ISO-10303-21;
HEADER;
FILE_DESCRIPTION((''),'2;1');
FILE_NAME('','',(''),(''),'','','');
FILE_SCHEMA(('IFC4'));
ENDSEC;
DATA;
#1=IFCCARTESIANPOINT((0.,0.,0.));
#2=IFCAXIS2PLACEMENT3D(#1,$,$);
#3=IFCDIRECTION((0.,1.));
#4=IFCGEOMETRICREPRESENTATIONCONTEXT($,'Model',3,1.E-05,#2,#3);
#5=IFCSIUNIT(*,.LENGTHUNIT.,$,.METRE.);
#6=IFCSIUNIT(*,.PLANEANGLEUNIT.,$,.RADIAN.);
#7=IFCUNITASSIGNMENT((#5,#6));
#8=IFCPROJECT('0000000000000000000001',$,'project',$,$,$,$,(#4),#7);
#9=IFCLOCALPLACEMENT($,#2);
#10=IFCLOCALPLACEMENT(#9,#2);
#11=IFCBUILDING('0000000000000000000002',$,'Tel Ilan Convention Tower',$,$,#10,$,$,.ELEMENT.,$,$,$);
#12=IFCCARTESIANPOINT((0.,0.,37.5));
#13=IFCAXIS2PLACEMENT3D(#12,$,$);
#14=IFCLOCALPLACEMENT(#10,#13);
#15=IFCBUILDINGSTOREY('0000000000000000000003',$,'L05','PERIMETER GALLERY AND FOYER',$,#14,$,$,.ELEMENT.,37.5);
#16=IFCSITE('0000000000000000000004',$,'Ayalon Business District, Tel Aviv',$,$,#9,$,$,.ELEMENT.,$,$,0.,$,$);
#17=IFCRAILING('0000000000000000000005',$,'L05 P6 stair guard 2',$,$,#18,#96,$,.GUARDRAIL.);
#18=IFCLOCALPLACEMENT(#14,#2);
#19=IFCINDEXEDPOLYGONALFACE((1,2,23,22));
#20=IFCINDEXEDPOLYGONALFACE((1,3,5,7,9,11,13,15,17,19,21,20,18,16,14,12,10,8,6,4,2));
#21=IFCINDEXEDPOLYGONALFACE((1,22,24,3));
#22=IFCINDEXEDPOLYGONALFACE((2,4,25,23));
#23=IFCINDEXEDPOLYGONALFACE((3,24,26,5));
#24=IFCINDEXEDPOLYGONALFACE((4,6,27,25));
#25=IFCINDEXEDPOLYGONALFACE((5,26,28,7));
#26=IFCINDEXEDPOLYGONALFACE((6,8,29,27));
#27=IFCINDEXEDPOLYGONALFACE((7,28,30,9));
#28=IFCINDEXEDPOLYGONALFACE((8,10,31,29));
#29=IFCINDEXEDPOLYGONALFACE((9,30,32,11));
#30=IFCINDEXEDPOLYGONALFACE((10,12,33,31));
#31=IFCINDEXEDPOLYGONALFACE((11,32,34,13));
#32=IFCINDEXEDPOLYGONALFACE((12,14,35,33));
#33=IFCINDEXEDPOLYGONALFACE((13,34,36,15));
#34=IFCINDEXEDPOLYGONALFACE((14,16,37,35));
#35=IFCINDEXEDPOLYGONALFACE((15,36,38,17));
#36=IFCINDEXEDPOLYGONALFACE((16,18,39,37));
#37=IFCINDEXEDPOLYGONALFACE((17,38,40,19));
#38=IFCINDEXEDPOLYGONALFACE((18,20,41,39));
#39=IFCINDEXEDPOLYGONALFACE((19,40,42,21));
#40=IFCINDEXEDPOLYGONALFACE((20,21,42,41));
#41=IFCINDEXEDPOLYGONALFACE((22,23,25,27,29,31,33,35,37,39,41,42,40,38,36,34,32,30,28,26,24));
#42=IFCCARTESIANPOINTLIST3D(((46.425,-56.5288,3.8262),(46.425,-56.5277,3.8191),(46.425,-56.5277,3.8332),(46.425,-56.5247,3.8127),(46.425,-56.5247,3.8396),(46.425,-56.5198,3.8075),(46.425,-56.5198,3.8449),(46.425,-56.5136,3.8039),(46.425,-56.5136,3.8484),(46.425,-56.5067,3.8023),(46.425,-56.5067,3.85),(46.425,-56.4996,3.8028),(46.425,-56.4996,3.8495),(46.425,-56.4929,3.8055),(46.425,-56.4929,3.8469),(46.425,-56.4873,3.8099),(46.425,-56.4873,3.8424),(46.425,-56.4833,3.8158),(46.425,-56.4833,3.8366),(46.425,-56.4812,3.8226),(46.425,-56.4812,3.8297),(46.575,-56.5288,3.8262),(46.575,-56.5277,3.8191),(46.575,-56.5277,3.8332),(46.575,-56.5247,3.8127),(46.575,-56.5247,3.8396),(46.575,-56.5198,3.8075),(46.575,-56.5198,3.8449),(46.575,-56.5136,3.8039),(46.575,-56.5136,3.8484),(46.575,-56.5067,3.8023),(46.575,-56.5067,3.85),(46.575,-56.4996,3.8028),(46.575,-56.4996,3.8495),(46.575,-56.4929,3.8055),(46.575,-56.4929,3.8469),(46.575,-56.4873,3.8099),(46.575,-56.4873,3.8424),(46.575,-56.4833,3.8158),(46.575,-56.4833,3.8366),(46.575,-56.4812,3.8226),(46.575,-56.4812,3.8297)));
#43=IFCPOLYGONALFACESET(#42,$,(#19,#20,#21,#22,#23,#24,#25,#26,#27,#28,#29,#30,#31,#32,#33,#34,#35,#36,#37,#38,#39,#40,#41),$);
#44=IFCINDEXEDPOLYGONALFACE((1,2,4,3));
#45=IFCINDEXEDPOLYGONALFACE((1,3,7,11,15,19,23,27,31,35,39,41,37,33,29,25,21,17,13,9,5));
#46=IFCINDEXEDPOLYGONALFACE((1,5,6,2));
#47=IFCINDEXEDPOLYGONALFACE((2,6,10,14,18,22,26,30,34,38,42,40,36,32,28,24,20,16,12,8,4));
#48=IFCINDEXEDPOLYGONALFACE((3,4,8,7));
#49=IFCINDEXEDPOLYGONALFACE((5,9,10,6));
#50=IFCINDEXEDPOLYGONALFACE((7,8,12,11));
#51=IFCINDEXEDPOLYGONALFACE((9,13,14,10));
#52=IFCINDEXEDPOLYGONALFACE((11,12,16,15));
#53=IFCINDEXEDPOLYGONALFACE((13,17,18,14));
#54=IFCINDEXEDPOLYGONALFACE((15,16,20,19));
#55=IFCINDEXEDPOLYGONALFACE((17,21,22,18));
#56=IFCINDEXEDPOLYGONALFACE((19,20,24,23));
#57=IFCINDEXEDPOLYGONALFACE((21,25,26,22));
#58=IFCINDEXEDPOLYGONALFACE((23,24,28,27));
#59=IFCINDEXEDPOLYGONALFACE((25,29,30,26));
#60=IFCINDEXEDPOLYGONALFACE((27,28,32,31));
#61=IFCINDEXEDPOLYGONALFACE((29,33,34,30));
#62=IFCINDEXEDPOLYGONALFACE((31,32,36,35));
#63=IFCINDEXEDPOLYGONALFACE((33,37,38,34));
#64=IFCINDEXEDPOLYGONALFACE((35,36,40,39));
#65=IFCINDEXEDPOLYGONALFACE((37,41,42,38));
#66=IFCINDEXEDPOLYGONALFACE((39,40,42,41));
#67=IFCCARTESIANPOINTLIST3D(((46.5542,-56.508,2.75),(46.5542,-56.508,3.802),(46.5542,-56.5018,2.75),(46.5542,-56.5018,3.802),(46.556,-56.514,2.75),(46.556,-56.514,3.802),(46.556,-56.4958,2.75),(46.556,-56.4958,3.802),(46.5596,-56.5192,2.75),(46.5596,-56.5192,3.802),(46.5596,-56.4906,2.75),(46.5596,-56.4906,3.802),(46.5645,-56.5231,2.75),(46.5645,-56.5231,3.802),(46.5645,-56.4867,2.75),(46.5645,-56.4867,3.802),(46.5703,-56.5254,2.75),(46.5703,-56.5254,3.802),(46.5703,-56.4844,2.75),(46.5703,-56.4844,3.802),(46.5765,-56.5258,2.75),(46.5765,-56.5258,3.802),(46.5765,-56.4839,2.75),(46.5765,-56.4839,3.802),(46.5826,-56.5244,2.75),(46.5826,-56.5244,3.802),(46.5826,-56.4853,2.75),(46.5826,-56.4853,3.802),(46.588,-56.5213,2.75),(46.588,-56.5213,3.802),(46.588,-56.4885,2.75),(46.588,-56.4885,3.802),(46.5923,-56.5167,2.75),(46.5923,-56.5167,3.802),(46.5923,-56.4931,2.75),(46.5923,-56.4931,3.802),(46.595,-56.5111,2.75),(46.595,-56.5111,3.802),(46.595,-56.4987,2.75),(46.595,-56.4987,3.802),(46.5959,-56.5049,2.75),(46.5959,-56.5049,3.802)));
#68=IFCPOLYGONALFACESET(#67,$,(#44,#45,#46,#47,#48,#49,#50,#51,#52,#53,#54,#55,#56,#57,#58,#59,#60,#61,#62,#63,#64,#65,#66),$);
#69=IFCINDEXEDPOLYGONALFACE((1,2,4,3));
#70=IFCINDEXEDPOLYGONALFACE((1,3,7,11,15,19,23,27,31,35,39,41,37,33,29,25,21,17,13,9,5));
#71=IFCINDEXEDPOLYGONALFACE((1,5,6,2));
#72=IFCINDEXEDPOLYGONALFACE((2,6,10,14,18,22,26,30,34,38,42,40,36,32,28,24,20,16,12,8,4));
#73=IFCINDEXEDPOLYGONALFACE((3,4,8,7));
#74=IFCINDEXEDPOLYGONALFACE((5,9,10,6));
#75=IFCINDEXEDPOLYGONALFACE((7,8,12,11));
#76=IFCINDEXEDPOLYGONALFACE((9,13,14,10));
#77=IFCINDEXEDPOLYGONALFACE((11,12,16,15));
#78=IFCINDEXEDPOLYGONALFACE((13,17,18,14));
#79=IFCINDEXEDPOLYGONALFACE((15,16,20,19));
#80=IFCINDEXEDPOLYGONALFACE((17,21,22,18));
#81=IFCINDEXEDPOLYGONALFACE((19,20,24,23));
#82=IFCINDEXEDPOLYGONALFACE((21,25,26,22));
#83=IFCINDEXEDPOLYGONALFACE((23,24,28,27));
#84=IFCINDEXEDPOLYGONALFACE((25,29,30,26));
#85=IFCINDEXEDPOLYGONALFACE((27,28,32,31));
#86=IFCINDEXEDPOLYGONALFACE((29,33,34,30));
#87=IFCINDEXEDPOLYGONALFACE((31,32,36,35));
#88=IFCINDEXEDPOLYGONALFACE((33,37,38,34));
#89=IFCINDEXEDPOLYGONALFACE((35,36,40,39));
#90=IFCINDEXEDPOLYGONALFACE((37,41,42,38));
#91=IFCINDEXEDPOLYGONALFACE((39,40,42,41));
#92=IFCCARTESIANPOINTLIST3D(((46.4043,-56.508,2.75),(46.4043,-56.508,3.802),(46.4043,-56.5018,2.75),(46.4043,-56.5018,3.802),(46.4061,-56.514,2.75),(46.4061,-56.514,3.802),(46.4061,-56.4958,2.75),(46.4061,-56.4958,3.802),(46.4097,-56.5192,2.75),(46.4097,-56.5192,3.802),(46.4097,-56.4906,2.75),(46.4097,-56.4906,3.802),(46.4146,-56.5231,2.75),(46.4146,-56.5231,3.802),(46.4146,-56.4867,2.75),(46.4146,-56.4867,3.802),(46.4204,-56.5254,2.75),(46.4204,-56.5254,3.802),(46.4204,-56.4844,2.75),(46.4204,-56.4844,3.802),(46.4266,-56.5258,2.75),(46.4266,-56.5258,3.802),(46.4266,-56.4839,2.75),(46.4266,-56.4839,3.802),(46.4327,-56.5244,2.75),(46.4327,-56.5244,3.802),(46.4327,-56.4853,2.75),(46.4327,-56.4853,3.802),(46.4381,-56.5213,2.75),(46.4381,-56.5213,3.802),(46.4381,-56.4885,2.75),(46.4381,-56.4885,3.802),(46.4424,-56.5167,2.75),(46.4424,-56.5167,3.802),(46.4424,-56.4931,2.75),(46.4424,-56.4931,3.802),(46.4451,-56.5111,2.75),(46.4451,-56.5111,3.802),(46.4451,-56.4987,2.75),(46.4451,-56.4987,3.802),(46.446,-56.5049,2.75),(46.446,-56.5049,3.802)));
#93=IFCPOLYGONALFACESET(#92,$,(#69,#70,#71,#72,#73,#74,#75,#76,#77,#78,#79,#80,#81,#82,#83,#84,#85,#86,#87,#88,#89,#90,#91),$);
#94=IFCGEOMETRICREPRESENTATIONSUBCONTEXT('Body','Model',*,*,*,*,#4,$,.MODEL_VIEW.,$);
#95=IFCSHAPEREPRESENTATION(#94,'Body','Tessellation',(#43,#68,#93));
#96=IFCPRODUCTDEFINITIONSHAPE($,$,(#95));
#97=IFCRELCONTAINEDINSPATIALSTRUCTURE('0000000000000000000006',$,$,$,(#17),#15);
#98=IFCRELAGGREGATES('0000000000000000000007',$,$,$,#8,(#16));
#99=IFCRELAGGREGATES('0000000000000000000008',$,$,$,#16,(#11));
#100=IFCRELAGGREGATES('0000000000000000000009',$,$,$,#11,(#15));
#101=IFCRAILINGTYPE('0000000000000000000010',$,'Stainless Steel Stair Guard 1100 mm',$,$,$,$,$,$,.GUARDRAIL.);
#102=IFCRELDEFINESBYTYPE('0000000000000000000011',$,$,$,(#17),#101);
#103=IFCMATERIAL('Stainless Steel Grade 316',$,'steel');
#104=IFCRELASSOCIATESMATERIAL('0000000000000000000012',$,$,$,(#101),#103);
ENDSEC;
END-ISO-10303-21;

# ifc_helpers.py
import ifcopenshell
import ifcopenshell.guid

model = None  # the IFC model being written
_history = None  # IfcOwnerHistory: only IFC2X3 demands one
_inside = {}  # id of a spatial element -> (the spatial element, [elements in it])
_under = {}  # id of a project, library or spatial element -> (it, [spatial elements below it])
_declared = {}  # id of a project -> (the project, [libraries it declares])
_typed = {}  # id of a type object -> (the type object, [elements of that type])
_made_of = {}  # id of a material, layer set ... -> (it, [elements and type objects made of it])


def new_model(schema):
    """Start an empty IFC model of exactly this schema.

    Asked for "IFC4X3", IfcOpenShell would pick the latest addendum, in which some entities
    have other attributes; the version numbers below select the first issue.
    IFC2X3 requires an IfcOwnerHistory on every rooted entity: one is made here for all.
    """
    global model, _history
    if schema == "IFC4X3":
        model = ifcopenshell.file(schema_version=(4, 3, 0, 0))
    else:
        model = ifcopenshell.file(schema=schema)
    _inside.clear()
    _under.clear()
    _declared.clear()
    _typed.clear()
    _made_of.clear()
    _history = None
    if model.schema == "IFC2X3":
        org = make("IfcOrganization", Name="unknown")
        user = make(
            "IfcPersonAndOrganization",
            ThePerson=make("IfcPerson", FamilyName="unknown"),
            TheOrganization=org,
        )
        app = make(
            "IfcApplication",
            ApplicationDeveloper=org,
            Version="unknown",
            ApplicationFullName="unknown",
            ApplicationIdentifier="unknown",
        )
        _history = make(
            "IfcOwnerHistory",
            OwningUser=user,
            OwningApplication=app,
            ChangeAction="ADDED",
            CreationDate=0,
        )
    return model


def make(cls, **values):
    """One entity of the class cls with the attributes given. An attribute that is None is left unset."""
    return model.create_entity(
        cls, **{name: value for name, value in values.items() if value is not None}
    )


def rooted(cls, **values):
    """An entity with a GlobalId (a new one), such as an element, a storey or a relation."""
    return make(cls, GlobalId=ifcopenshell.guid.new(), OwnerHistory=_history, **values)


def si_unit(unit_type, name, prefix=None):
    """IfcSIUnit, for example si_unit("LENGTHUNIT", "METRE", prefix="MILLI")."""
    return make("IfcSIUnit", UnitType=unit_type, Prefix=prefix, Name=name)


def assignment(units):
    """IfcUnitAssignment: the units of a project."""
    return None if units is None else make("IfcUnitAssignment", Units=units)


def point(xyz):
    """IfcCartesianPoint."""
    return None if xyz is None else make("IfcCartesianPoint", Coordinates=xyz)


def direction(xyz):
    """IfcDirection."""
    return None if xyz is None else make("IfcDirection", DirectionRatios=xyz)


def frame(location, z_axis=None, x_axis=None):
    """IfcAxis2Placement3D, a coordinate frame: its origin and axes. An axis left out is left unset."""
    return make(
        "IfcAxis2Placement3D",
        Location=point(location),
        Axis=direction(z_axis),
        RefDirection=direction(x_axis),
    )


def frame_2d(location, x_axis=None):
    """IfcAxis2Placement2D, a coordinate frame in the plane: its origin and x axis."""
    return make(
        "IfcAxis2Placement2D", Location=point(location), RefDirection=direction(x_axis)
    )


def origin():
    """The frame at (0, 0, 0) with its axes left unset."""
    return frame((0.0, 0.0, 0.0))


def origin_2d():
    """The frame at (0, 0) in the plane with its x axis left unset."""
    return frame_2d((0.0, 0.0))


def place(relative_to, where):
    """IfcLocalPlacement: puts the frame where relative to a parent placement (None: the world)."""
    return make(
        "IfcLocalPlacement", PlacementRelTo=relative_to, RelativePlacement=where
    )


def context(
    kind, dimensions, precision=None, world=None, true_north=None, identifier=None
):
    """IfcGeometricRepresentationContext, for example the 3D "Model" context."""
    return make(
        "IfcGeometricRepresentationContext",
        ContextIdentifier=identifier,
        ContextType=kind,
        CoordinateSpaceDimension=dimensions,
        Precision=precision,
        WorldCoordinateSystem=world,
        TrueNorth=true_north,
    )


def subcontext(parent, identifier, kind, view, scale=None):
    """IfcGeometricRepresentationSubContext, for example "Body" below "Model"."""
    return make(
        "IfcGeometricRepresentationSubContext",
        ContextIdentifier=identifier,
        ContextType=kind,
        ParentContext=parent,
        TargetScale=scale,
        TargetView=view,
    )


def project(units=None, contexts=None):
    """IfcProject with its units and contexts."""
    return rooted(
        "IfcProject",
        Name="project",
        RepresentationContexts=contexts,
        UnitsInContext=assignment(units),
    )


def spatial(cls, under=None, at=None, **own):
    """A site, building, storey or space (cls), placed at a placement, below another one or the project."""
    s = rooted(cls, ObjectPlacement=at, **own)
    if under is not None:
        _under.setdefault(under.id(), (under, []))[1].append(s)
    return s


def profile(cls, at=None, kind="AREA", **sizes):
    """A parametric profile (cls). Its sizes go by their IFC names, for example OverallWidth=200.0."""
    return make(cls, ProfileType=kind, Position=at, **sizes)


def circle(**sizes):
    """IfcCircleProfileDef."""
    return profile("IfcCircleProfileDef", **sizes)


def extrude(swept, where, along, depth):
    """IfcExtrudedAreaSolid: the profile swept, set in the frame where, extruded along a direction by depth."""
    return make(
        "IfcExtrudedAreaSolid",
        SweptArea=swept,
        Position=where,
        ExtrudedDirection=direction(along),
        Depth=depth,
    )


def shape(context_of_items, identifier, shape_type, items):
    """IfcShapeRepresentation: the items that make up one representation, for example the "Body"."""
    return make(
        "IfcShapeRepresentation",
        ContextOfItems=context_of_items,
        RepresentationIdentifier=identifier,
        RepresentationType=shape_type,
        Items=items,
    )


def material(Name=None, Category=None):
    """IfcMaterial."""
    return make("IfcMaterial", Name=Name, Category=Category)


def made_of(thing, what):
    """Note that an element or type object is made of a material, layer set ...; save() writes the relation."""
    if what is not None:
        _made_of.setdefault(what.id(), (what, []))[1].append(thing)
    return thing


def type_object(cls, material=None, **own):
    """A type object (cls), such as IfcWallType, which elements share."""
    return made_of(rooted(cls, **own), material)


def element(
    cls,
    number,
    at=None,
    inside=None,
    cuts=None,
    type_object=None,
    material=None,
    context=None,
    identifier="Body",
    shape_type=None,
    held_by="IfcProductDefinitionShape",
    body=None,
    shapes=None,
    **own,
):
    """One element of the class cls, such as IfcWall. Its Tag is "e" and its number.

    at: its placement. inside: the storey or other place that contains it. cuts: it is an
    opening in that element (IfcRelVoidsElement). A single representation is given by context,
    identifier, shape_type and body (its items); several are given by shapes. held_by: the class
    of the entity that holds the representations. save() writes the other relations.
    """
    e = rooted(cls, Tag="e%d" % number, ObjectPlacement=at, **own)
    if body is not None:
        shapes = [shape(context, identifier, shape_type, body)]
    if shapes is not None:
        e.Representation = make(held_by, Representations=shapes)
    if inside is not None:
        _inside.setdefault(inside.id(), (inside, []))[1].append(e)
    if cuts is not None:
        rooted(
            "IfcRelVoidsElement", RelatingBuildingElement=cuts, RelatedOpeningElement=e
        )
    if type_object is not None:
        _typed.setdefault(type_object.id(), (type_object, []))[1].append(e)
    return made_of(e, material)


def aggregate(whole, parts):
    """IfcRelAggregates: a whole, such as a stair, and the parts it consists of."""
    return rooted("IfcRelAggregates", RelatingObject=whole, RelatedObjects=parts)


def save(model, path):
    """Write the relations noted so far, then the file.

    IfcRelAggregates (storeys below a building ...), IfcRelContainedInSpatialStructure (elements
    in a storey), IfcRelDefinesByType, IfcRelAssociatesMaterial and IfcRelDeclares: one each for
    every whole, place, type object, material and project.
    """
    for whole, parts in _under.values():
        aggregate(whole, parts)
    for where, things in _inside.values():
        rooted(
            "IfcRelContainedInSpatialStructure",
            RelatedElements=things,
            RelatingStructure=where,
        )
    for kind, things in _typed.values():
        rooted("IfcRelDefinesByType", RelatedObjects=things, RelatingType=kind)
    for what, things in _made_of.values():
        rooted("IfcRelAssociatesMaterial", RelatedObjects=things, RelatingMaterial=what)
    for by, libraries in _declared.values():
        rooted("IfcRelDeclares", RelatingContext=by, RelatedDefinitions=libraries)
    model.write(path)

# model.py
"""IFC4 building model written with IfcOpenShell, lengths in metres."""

from ifc_helpers import new_model, si_unit, direction, frame, origin, origin_2d, place, context, subcontext, project, spatial, circle, extrude, material, type_object, element, save


model = new_model("IFC4")

# Units and contexts
model_context = context("Model", 3, precision=1e-05, world=origin(), true_north=direction((0.0, 1.0)))
body_context = subcontext(model_context, "Body", "Model", "MODEL_VIEW")
ifc_project = project(units=[si_unit("LENGTHUNIT", "METRE"), si_unit("PLANEANGLEUNIT", "RADIAN")], contexts=[model_context])

# Site, building, storey
site_placement = place(None, origin())
site = spatial("IfcSite", under=ifc_project, at=site_placement, Name="Ayalon Business District, Tel Aviv", CompositionType="ELEMENT", RefElevation=0.0)
building_placement = place(site_placement, origin())
building = spatial("IfcBuilding", under=site, at=building_placement, Name="Tel Ilan Convention Tower", CompositionType="ELEMENT")
storey_placement = place(building_placement, frame((0.0, 0.0, 37.5)))
storey = spatial("IfcBuildingStorey", under=building, at=storey_placement, Name="L05", Description="PERIMETER GALLERY AND FOYER", CompositionType="ELEMENT", Elevation=37.5)

# Railing
ifc_material_1 = material(Name="Stainless Steel Grade 316", Category="steel")
railing_type_1 = type_object("IfcRailingType", Name="Stainless Steel Stair Guard 1100 mm", PredefinedType="GUARDRAIL", material=ifc_material_1)
railing_1_placement = place(storey_placement, frame((46.575, -56.5049, 2.75)))
element("IfcRailing", 1, at=railing_1_placement, inside=storey, type_object=railing_type_1, Name="L05 P6 stair guard 2", PredefinedType="GUARDRAIL", context=body_context, shape_type="SweptSolid", body=[
    extrude(circle(Radius=0.0239, at=origin_2d()), frame((0.0, 0.0, 1.0762), z_axis=(-1.0, 0.0, 0.0), x_axis=(0.0, -1.0, 0.0)), (0.0, 0.0, 1.0), 0.1499),
    extrude(circle(Radius=0.021, at=origin_2d()), origin(), (0.0, 0.0, 1.0), 1.052),
    extrude(circle(Radius=0.021, at=origin_2d()), frame((-0.1499, 0.0, 0.0)), (0.0, 0.0, 1.0), 1.052),
])

save(model, "model.ifc")
